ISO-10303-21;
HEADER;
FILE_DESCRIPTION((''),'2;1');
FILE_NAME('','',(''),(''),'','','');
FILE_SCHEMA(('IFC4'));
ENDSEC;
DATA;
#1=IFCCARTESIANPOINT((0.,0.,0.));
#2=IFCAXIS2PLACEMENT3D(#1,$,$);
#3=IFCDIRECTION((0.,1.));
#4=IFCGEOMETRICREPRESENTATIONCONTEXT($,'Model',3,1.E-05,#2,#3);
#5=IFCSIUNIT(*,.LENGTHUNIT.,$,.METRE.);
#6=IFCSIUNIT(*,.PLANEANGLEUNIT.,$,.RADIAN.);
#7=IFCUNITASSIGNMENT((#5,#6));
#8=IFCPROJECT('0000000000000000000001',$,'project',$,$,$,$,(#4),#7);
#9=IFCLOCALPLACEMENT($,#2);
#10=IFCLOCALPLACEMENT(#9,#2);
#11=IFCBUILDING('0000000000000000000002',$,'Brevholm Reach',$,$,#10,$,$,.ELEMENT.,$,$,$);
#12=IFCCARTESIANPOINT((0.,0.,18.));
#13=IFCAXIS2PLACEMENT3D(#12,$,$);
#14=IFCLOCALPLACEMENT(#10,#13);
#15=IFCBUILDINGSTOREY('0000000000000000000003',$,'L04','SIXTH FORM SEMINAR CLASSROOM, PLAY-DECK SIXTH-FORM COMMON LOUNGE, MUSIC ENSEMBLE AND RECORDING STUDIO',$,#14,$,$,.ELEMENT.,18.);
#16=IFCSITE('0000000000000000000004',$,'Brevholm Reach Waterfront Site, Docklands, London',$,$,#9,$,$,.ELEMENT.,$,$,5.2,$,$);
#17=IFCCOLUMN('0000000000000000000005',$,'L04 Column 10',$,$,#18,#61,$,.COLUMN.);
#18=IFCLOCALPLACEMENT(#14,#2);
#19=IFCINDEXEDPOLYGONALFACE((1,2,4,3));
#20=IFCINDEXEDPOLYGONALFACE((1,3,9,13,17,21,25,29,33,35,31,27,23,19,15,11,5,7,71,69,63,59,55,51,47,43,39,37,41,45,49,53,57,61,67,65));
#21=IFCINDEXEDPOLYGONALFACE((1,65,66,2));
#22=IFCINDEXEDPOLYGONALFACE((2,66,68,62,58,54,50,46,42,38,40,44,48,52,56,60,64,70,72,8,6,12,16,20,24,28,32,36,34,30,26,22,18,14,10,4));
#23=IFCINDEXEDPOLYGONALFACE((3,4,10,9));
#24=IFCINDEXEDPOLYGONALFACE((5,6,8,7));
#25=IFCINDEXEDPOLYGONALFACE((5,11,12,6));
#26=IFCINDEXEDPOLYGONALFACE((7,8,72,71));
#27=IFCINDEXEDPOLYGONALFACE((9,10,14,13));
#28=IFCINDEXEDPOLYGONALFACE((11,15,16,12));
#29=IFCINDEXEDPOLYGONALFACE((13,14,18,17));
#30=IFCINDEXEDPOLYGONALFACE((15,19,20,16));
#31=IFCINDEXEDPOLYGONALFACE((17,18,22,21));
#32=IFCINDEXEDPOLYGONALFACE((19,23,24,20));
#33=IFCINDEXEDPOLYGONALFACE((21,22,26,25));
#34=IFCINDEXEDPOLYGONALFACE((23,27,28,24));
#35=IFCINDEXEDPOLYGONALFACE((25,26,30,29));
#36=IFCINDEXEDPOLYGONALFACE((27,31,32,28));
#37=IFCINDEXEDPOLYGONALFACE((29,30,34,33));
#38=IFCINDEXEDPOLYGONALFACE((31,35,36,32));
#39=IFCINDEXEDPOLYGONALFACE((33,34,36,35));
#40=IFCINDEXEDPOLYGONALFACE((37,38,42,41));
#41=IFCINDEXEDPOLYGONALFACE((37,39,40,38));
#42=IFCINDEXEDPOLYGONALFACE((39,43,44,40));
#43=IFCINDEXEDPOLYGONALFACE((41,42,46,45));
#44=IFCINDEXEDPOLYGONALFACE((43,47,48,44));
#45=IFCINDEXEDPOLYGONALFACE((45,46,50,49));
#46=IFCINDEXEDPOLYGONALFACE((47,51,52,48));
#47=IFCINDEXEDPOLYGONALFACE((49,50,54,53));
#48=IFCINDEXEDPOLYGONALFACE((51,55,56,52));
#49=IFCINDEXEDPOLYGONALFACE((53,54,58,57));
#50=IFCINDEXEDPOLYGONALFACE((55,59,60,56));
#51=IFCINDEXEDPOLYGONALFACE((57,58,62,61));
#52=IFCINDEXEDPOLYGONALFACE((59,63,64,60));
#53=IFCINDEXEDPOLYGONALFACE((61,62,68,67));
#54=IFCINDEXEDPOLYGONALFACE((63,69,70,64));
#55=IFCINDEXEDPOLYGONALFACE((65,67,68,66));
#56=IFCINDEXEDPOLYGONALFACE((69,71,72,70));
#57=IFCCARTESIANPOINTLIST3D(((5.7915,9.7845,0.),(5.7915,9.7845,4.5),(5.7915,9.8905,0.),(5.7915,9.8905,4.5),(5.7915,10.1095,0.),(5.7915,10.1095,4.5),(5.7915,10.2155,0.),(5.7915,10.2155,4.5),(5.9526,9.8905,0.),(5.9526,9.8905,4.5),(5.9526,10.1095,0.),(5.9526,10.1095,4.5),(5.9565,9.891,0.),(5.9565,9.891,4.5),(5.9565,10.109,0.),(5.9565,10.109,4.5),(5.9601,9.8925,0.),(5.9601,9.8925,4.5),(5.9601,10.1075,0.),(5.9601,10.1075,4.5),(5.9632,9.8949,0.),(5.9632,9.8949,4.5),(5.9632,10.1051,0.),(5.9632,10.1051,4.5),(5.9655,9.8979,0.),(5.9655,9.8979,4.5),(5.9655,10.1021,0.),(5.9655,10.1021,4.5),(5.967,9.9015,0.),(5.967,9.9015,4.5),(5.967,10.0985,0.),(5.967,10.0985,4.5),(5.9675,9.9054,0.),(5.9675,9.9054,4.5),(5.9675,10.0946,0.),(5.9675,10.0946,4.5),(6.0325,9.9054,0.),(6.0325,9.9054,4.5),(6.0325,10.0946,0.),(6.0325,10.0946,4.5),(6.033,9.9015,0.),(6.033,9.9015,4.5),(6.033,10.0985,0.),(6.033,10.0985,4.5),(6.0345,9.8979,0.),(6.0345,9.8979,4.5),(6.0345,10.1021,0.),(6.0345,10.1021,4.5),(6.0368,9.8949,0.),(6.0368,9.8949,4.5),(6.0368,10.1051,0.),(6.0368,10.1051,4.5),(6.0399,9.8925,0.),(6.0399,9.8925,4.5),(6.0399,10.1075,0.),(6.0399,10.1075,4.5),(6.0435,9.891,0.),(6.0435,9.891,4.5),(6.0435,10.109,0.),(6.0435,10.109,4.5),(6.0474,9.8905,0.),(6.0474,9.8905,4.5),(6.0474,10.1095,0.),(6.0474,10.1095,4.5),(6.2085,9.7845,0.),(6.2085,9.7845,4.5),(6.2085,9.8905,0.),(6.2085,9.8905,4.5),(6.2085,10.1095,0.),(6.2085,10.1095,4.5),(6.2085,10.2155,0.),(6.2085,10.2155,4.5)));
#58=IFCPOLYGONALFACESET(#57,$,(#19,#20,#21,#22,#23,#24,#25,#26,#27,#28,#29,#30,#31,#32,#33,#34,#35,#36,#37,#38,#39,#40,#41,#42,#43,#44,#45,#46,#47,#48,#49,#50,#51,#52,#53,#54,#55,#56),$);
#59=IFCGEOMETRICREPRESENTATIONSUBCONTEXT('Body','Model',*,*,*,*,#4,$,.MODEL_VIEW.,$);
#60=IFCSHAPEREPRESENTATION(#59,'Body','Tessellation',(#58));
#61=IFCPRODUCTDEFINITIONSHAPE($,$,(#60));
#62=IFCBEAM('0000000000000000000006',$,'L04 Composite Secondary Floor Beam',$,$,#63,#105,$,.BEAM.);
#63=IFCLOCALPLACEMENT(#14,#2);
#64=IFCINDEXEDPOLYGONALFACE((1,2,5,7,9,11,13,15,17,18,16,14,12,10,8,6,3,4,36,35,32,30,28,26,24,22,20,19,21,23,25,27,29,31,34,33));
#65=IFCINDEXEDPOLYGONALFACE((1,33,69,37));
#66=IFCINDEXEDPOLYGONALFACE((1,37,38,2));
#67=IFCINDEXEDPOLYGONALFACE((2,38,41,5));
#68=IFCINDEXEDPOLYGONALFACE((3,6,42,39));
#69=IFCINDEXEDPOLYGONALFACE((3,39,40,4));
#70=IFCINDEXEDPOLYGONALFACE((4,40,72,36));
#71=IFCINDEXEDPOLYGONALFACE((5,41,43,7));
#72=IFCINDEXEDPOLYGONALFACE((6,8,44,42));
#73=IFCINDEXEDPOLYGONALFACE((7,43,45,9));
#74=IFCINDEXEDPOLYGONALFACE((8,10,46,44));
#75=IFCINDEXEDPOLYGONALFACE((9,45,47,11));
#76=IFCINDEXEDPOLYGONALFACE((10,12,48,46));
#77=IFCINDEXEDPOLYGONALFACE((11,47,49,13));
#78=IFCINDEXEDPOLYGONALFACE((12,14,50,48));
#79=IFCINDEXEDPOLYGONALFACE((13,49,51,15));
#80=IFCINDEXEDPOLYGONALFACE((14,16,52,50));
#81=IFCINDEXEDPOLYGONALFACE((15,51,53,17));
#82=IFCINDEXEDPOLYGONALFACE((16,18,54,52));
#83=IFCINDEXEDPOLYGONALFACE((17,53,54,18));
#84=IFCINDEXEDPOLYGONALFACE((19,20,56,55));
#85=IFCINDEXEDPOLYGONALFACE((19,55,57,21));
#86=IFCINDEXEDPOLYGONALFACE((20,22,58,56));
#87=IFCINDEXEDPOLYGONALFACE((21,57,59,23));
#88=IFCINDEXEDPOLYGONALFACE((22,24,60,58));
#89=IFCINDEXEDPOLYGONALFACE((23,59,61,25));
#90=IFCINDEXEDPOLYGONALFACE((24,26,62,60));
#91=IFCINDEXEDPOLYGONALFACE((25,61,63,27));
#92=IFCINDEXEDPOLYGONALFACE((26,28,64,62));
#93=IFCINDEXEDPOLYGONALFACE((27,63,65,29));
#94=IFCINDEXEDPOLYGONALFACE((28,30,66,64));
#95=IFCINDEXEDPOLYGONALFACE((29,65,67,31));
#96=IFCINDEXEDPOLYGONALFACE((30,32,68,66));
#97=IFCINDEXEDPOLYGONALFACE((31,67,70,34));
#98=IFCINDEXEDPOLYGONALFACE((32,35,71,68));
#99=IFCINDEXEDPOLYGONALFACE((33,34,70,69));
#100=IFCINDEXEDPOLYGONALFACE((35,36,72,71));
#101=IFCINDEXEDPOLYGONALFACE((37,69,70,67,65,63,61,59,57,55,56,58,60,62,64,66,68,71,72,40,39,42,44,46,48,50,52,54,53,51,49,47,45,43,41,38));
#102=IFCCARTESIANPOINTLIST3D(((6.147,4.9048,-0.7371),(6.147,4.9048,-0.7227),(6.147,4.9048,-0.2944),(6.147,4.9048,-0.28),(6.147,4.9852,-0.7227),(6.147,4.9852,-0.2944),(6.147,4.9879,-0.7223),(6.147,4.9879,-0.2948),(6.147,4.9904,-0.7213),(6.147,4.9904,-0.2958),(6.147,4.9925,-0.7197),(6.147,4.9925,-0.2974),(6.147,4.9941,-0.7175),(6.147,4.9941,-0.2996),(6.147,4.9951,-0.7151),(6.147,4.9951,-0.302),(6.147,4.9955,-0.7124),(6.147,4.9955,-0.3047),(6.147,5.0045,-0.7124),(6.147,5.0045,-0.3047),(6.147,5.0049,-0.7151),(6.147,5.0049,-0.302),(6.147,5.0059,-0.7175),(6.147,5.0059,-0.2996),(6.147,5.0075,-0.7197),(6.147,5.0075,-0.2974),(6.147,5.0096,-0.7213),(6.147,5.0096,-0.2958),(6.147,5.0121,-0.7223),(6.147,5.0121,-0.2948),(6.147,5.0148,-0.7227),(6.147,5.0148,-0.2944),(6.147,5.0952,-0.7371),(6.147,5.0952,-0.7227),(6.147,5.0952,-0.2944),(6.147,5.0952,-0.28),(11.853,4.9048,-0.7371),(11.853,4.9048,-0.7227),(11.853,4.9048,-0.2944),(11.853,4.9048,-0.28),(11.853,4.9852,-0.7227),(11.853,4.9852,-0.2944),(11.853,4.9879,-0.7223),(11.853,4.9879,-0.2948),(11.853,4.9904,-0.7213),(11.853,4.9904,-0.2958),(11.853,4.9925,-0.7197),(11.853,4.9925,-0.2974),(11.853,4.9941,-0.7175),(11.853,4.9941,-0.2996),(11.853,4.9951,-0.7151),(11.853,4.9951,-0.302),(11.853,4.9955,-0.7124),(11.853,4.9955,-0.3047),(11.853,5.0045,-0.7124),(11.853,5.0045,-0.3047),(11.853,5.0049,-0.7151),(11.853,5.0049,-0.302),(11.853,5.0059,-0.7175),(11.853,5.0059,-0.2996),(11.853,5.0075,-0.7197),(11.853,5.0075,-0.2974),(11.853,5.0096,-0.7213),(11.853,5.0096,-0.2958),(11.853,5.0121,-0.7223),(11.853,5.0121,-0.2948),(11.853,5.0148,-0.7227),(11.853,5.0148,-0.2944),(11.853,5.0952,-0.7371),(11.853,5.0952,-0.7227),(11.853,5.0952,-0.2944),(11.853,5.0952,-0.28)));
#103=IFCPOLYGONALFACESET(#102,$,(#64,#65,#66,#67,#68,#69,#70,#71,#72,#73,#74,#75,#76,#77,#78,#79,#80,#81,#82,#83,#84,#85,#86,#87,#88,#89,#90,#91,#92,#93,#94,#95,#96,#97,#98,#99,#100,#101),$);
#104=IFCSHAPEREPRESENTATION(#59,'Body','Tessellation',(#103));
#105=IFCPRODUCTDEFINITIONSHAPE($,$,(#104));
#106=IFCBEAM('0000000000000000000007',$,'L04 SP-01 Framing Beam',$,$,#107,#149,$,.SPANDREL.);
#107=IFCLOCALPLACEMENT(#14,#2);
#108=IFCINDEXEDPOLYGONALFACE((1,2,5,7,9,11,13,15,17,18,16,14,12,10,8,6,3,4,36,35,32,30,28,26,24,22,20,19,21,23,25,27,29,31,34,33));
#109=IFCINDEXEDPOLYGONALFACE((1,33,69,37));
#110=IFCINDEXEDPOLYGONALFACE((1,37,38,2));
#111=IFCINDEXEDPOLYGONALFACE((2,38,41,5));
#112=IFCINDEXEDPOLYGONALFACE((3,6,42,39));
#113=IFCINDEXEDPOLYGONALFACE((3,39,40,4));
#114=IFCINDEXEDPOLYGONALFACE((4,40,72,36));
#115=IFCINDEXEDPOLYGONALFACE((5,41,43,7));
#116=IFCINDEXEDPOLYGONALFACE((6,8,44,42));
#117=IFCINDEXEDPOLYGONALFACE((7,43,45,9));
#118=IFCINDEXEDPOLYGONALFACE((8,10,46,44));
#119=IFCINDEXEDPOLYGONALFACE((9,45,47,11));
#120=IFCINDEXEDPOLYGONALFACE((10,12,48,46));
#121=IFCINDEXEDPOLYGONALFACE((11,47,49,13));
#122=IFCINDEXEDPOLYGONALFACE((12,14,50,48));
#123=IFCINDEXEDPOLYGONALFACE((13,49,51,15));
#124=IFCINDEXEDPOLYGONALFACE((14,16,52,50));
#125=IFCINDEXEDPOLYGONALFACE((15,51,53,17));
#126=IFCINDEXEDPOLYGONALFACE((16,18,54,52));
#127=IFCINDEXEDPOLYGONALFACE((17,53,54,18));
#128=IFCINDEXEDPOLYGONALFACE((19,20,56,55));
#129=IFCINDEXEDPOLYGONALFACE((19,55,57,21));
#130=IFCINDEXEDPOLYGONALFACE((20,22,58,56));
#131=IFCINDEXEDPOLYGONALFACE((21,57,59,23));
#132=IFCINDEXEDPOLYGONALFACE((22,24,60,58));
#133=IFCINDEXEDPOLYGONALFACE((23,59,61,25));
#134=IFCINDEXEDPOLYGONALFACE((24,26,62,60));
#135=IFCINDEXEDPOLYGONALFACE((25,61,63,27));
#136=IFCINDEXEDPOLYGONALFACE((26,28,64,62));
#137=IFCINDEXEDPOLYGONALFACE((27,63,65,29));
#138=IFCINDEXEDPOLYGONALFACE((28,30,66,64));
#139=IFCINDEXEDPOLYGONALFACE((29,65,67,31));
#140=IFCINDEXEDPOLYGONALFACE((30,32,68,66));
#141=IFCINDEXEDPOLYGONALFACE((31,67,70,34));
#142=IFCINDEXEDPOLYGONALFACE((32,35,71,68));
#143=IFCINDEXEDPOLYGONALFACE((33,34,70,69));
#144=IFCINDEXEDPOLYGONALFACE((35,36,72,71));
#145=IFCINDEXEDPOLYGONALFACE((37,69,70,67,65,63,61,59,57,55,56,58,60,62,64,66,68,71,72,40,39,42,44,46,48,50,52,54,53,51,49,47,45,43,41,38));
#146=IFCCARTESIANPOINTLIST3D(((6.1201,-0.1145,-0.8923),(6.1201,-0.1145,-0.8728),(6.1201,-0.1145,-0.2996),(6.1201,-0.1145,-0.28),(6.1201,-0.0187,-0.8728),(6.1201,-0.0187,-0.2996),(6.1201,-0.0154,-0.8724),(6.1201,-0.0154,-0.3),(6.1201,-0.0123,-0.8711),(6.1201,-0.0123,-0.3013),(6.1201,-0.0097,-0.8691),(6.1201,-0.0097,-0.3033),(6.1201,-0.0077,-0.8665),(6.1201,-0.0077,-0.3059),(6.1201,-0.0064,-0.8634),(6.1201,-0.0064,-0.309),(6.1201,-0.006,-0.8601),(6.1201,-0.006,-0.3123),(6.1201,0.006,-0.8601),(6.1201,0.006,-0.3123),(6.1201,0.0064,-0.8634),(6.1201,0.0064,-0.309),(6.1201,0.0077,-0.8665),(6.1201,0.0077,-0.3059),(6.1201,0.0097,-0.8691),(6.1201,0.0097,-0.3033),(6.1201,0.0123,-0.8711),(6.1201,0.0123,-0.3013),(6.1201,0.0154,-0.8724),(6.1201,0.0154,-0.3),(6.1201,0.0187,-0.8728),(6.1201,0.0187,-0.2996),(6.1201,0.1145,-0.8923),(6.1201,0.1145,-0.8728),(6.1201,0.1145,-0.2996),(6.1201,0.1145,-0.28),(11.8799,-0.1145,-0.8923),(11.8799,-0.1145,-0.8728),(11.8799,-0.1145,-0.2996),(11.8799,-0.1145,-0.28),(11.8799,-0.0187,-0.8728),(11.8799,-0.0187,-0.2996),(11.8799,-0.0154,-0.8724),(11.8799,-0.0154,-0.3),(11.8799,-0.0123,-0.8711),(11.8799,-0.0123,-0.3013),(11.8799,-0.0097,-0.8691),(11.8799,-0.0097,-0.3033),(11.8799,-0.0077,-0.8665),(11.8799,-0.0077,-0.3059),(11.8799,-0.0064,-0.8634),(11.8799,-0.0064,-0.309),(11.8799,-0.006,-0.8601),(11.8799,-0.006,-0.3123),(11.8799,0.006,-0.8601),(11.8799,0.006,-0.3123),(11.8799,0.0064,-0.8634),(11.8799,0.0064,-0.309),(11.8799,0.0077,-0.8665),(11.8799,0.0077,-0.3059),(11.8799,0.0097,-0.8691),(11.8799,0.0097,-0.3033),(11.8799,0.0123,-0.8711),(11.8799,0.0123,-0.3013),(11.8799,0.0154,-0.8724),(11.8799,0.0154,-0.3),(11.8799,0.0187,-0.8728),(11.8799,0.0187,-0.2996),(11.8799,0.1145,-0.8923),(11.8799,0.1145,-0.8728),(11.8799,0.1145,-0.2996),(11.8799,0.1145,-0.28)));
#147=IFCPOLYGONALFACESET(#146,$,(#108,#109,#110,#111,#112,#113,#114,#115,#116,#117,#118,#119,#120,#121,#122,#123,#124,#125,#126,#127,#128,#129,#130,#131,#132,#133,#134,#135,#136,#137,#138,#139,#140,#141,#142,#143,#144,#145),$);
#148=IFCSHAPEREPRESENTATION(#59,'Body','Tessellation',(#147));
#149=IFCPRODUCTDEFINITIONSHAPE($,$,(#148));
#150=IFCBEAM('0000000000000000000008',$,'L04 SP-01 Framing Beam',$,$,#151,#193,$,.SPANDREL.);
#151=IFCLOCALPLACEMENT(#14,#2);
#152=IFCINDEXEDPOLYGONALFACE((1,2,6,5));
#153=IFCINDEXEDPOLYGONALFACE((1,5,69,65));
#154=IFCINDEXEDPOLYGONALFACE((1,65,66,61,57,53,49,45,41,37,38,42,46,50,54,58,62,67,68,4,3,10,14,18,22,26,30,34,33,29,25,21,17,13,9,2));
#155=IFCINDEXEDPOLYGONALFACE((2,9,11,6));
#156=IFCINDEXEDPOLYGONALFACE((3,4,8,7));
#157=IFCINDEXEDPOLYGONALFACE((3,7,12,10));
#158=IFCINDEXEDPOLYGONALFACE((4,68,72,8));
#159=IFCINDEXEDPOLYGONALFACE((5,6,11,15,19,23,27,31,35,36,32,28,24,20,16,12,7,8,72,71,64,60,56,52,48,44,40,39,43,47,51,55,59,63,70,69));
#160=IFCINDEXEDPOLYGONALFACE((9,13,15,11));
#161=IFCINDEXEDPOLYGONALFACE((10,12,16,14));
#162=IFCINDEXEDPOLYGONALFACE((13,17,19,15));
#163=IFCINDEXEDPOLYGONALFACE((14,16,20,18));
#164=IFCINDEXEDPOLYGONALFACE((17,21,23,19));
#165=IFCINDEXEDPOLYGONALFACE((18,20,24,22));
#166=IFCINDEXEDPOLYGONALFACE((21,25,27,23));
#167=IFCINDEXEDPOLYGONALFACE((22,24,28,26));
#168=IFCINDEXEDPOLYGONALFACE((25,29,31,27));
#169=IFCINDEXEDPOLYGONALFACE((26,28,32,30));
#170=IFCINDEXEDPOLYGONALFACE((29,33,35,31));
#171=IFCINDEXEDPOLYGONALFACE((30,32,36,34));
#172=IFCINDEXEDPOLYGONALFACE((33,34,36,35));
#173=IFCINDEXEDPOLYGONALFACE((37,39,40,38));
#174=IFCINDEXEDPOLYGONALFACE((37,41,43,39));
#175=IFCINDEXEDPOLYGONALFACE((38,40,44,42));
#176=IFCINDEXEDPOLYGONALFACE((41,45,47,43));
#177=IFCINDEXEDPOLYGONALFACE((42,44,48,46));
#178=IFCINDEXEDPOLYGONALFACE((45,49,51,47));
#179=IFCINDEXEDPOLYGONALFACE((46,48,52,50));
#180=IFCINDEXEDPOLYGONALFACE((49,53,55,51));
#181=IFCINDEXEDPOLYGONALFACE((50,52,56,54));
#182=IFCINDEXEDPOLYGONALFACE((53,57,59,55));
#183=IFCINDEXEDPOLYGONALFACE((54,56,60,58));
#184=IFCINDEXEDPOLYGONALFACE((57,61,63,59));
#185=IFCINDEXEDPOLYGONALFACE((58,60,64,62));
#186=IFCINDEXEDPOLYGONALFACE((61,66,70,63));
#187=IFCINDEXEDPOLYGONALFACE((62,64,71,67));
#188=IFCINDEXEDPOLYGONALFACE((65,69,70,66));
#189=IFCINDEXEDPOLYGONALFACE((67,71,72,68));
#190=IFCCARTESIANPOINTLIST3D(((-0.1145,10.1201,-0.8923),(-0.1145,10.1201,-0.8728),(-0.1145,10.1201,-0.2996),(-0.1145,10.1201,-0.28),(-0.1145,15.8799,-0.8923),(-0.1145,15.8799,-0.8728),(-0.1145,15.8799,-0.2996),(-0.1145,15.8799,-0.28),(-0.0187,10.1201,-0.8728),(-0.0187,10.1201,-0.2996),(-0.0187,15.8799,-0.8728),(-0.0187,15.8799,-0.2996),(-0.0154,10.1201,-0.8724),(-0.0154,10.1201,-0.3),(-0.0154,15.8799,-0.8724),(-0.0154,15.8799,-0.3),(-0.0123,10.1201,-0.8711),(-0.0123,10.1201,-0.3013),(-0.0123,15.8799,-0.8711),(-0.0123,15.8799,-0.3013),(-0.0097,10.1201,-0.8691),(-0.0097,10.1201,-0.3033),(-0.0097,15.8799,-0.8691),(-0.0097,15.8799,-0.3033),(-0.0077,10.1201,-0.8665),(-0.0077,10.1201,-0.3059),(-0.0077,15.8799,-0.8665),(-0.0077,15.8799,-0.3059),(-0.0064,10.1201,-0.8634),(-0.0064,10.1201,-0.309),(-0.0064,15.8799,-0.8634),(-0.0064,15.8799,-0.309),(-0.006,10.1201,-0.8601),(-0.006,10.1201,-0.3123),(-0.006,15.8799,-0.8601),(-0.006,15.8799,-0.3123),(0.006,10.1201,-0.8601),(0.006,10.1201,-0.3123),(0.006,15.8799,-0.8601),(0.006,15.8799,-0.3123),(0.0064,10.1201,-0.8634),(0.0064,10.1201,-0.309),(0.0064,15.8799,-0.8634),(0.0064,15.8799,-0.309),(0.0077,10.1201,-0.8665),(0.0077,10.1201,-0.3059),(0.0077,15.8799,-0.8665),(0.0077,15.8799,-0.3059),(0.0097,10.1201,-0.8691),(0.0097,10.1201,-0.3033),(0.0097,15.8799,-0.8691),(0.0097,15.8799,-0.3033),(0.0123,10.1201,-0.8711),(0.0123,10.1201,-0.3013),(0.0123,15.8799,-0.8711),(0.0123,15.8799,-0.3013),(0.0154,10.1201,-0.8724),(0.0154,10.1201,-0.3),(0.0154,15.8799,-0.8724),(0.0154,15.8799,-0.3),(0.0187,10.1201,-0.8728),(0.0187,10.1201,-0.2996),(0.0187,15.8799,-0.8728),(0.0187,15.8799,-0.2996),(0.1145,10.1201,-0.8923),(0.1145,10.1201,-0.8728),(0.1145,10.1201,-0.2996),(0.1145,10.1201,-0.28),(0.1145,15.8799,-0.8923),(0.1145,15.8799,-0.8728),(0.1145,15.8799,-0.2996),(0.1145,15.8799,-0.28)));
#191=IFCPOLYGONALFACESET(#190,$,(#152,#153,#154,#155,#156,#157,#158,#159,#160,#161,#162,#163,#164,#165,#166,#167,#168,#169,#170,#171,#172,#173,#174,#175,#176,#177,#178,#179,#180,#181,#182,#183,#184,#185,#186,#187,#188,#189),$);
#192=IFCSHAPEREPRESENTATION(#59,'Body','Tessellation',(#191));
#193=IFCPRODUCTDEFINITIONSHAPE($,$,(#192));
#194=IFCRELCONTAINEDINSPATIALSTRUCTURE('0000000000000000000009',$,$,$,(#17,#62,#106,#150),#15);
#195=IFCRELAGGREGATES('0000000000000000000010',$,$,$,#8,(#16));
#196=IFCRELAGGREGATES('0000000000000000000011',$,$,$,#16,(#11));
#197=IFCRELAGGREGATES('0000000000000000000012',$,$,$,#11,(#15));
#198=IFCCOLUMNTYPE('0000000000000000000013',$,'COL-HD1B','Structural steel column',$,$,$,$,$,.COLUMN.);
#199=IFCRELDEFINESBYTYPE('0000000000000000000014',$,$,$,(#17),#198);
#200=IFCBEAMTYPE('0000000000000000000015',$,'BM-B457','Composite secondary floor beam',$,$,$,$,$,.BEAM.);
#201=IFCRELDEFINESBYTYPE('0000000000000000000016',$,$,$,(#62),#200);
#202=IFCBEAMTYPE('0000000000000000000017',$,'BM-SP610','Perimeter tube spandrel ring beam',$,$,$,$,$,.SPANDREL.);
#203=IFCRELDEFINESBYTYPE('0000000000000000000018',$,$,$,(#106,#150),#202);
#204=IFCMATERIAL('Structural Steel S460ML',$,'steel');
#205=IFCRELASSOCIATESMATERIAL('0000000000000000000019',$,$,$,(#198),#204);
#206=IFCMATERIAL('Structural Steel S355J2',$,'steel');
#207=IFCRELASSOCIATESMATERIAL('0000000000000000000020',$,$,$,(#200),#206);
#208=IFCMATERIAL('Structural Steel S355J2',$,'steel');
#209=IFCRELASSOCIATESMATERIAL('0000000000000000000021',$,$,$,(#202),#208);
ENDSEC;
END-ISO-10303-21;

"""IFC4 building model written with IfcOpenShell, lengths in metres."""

from ifc_helpers import new_model, si_unit, direction, frame, origin, origin_2d, place, context, subcontext, project, spatial, i_section, extrude, material, material_profile, profile_set, type_object, element, save


model = new_model("IFC4")

# Units and contexts
model_context = context("Model", 3, precision=1e-05, world=origin(), true_north=direction((0.0, 1.0)))
body_context = subcontext(model_context, "Body", "Model", "MODEL_VIEW")
ifc_project = project(units=[si_unit("LENGTHUNIT", "METRE"), si_unit("PLANEANGLEUNIT", "RADIAN")], contexts=[model_context])

# Site, building, storey
site_placement = place(None, origin())
site = spatial("IfcSite", under=ifc_project, at=site_placement, Name="Brevholm Reach Waterfront Site, Docklands, London", CompositionType="ELEMENT", RefElevation=5.2)
building_placement = place(site_placement, origin())
building = spatial("IfcBuilding", under=site, at=building_placement, Name="Brevholm Reach", CompositionType="ELEMENT")
storey_placement = place(building_placement, frame((0.0, 0.0, 18.0)))
storey = spatial("IfcBuildingStorey", under=building, at=storey_placement, Name="L04", Description="SIXTH FORM SEMINAR CLASSROOM, PLAY-DECK SIXTH-FORM COMMON LOUNGE, MUSIC ENSEMBLE AND RECORDING STUDIO", CompositionType="ELEMENT", Elevation=18.0)

# Column
ifc_material_1 = material(Name="Structural Steel S460ML", Category="steel")
ifc_material_profile_1 = material_profile(ifc_material_1, i_section(OverallWidth=0.417, OverallDepth=0.4309, WebThickness=0.0649, FlangeThickness=0.106, FilletRadius=0.0149, at=origin_2d()), Name="HD 400x900")
ifc_profile_set_1 = profile_set([ifc_material_profile_1], Name="Structural Steel S460ML")
column_type = type_object("IfcColumnType", Name="COL-HD1B", Description="Structural steel column", PredefinedType="COLUMN", material=ifc_profile_set_1)
for number, where, z_axis, x_axis, name in (
    (1, (6.0, 10.0, 0.0), (0.0, 0.0, 1.0), (1.0, 0.0, 0.0), "L04 Column 10"),
):
    element("IfcColumn", number, at=place(storey_placement, frame(where, z_axis=z_axis, x_axis=x_axis)), inside=storey, type_object=column_type, Name=name, PredefinedType="COLUMN", context=body_context, shape_type="SweptSolid", body=[
        extrude(i_section(OverallWidth=0.417, OverallDepth=0.4309, WebThickness=0.0649, FlangeThickness=0.106, FilletRadius=0.0149, at=origin_2d()), origin(), (0.0, 0.0, 1.0), 4.5),
    ])

# Beams
ifc_material_2 = material(Name="Structural Steel S355J2", Category="steel")
ifc_material_profile_2 = material_profile(ifc_material_2, i_section(OverallWidth=0.1904, OverallDepth=0.457, WebThickness=0.009, FlangeThickness=0.0144, FilletRadius=0.0103, at=origin_2d()), Name="UKB 457x191x74")
ifc_profile_set_2 = profile_set([ifc_material_profile_2], Name="Structural Steel S355J2")
beam_type_1 = type_object("IfcBeamType", Name="BM-B457", Description="Composite secondary floor beam", PredefinedType="BEAM", material=ifc_profile_set_2)
beam_1_placement = place(storey_placement, frame((6.147, 5.0, -0.5085), z_axis=(1.0, 0.0, 0.0), x_axis=(0.0, 1.0, 0.0)))
element("IfcBeam", 2, at=beam_1_placement, inside=storey, type_object=beam_type_1, Name="L04 Composite Secondary Floor Beam", PredefinedType="BEAM", context=body_context, shape_type="SweptSolid", body=[
    extrude(i_section(OverallWidth=0.1904, OverallDepth=0.457, WebThickness=0.009, FlangeThickness=0.0144, FilletRadius=0.0103, at=origin_2d()), origin(), (0.0, 0.0, 1.0), 5.7061),
])
ifc_material_3 = material(Name="Structural Steel S355J2", Category="steel")
ifc_material_profile_3 = material_profile(ifc_material_3, i_section(OverallWidth=0.229, OverallDepth=0.6123, WebThickness=0.012, FlangeThickness=0.0195, FilletRadius=0.0127, at=origin_2d()), Name="UKB 610x229x125")
ifc_profile_set_3 = profile_set([ifc_material_profile_3], Name="Structural Steel S355J2")
beam_type_2 = type_object("IfcBeamType", Name="BM-SP610", Description="Perimeter tube spandrel ring beam", PredefinedType="SPANDREL", material=ifc_profile_set_3)
for number, where, z_axis, x_axis, name in (
    (3, (6.1201, 0.0, -0.5862), (1.0, 0.0, 0.0), (0.0, 1.0, 0.0), "L04 SP-01 Framing Beam"),
    (4, (0.0, 10.1201, -0.5862), (0.0, 1.0, 0.0), (-1.0, 0.0, 0.0), "L04 SP-01 Framing Beam"),
):
    element("IfcBeam", number, at=place(storey_placement, frame(where, z_axis=z_axis, x_axis=x_axis)), inside=storey, type_object=beam_type_2, Name=name, PredefinedType="SPANDREL", context=body_context, shape_type="SweptSolid", body=[
        extrude(i_section(OverallWidth=0.229, OverallDepth=0.6123, WebThickness=0.012, FlangeThickness=0.0195, FilletRadius=0.0127, at=origin_2d()), origin(), (0.0, 0.0, 1.0), 5.7598),
    ])

save(model, "model.ifc")
